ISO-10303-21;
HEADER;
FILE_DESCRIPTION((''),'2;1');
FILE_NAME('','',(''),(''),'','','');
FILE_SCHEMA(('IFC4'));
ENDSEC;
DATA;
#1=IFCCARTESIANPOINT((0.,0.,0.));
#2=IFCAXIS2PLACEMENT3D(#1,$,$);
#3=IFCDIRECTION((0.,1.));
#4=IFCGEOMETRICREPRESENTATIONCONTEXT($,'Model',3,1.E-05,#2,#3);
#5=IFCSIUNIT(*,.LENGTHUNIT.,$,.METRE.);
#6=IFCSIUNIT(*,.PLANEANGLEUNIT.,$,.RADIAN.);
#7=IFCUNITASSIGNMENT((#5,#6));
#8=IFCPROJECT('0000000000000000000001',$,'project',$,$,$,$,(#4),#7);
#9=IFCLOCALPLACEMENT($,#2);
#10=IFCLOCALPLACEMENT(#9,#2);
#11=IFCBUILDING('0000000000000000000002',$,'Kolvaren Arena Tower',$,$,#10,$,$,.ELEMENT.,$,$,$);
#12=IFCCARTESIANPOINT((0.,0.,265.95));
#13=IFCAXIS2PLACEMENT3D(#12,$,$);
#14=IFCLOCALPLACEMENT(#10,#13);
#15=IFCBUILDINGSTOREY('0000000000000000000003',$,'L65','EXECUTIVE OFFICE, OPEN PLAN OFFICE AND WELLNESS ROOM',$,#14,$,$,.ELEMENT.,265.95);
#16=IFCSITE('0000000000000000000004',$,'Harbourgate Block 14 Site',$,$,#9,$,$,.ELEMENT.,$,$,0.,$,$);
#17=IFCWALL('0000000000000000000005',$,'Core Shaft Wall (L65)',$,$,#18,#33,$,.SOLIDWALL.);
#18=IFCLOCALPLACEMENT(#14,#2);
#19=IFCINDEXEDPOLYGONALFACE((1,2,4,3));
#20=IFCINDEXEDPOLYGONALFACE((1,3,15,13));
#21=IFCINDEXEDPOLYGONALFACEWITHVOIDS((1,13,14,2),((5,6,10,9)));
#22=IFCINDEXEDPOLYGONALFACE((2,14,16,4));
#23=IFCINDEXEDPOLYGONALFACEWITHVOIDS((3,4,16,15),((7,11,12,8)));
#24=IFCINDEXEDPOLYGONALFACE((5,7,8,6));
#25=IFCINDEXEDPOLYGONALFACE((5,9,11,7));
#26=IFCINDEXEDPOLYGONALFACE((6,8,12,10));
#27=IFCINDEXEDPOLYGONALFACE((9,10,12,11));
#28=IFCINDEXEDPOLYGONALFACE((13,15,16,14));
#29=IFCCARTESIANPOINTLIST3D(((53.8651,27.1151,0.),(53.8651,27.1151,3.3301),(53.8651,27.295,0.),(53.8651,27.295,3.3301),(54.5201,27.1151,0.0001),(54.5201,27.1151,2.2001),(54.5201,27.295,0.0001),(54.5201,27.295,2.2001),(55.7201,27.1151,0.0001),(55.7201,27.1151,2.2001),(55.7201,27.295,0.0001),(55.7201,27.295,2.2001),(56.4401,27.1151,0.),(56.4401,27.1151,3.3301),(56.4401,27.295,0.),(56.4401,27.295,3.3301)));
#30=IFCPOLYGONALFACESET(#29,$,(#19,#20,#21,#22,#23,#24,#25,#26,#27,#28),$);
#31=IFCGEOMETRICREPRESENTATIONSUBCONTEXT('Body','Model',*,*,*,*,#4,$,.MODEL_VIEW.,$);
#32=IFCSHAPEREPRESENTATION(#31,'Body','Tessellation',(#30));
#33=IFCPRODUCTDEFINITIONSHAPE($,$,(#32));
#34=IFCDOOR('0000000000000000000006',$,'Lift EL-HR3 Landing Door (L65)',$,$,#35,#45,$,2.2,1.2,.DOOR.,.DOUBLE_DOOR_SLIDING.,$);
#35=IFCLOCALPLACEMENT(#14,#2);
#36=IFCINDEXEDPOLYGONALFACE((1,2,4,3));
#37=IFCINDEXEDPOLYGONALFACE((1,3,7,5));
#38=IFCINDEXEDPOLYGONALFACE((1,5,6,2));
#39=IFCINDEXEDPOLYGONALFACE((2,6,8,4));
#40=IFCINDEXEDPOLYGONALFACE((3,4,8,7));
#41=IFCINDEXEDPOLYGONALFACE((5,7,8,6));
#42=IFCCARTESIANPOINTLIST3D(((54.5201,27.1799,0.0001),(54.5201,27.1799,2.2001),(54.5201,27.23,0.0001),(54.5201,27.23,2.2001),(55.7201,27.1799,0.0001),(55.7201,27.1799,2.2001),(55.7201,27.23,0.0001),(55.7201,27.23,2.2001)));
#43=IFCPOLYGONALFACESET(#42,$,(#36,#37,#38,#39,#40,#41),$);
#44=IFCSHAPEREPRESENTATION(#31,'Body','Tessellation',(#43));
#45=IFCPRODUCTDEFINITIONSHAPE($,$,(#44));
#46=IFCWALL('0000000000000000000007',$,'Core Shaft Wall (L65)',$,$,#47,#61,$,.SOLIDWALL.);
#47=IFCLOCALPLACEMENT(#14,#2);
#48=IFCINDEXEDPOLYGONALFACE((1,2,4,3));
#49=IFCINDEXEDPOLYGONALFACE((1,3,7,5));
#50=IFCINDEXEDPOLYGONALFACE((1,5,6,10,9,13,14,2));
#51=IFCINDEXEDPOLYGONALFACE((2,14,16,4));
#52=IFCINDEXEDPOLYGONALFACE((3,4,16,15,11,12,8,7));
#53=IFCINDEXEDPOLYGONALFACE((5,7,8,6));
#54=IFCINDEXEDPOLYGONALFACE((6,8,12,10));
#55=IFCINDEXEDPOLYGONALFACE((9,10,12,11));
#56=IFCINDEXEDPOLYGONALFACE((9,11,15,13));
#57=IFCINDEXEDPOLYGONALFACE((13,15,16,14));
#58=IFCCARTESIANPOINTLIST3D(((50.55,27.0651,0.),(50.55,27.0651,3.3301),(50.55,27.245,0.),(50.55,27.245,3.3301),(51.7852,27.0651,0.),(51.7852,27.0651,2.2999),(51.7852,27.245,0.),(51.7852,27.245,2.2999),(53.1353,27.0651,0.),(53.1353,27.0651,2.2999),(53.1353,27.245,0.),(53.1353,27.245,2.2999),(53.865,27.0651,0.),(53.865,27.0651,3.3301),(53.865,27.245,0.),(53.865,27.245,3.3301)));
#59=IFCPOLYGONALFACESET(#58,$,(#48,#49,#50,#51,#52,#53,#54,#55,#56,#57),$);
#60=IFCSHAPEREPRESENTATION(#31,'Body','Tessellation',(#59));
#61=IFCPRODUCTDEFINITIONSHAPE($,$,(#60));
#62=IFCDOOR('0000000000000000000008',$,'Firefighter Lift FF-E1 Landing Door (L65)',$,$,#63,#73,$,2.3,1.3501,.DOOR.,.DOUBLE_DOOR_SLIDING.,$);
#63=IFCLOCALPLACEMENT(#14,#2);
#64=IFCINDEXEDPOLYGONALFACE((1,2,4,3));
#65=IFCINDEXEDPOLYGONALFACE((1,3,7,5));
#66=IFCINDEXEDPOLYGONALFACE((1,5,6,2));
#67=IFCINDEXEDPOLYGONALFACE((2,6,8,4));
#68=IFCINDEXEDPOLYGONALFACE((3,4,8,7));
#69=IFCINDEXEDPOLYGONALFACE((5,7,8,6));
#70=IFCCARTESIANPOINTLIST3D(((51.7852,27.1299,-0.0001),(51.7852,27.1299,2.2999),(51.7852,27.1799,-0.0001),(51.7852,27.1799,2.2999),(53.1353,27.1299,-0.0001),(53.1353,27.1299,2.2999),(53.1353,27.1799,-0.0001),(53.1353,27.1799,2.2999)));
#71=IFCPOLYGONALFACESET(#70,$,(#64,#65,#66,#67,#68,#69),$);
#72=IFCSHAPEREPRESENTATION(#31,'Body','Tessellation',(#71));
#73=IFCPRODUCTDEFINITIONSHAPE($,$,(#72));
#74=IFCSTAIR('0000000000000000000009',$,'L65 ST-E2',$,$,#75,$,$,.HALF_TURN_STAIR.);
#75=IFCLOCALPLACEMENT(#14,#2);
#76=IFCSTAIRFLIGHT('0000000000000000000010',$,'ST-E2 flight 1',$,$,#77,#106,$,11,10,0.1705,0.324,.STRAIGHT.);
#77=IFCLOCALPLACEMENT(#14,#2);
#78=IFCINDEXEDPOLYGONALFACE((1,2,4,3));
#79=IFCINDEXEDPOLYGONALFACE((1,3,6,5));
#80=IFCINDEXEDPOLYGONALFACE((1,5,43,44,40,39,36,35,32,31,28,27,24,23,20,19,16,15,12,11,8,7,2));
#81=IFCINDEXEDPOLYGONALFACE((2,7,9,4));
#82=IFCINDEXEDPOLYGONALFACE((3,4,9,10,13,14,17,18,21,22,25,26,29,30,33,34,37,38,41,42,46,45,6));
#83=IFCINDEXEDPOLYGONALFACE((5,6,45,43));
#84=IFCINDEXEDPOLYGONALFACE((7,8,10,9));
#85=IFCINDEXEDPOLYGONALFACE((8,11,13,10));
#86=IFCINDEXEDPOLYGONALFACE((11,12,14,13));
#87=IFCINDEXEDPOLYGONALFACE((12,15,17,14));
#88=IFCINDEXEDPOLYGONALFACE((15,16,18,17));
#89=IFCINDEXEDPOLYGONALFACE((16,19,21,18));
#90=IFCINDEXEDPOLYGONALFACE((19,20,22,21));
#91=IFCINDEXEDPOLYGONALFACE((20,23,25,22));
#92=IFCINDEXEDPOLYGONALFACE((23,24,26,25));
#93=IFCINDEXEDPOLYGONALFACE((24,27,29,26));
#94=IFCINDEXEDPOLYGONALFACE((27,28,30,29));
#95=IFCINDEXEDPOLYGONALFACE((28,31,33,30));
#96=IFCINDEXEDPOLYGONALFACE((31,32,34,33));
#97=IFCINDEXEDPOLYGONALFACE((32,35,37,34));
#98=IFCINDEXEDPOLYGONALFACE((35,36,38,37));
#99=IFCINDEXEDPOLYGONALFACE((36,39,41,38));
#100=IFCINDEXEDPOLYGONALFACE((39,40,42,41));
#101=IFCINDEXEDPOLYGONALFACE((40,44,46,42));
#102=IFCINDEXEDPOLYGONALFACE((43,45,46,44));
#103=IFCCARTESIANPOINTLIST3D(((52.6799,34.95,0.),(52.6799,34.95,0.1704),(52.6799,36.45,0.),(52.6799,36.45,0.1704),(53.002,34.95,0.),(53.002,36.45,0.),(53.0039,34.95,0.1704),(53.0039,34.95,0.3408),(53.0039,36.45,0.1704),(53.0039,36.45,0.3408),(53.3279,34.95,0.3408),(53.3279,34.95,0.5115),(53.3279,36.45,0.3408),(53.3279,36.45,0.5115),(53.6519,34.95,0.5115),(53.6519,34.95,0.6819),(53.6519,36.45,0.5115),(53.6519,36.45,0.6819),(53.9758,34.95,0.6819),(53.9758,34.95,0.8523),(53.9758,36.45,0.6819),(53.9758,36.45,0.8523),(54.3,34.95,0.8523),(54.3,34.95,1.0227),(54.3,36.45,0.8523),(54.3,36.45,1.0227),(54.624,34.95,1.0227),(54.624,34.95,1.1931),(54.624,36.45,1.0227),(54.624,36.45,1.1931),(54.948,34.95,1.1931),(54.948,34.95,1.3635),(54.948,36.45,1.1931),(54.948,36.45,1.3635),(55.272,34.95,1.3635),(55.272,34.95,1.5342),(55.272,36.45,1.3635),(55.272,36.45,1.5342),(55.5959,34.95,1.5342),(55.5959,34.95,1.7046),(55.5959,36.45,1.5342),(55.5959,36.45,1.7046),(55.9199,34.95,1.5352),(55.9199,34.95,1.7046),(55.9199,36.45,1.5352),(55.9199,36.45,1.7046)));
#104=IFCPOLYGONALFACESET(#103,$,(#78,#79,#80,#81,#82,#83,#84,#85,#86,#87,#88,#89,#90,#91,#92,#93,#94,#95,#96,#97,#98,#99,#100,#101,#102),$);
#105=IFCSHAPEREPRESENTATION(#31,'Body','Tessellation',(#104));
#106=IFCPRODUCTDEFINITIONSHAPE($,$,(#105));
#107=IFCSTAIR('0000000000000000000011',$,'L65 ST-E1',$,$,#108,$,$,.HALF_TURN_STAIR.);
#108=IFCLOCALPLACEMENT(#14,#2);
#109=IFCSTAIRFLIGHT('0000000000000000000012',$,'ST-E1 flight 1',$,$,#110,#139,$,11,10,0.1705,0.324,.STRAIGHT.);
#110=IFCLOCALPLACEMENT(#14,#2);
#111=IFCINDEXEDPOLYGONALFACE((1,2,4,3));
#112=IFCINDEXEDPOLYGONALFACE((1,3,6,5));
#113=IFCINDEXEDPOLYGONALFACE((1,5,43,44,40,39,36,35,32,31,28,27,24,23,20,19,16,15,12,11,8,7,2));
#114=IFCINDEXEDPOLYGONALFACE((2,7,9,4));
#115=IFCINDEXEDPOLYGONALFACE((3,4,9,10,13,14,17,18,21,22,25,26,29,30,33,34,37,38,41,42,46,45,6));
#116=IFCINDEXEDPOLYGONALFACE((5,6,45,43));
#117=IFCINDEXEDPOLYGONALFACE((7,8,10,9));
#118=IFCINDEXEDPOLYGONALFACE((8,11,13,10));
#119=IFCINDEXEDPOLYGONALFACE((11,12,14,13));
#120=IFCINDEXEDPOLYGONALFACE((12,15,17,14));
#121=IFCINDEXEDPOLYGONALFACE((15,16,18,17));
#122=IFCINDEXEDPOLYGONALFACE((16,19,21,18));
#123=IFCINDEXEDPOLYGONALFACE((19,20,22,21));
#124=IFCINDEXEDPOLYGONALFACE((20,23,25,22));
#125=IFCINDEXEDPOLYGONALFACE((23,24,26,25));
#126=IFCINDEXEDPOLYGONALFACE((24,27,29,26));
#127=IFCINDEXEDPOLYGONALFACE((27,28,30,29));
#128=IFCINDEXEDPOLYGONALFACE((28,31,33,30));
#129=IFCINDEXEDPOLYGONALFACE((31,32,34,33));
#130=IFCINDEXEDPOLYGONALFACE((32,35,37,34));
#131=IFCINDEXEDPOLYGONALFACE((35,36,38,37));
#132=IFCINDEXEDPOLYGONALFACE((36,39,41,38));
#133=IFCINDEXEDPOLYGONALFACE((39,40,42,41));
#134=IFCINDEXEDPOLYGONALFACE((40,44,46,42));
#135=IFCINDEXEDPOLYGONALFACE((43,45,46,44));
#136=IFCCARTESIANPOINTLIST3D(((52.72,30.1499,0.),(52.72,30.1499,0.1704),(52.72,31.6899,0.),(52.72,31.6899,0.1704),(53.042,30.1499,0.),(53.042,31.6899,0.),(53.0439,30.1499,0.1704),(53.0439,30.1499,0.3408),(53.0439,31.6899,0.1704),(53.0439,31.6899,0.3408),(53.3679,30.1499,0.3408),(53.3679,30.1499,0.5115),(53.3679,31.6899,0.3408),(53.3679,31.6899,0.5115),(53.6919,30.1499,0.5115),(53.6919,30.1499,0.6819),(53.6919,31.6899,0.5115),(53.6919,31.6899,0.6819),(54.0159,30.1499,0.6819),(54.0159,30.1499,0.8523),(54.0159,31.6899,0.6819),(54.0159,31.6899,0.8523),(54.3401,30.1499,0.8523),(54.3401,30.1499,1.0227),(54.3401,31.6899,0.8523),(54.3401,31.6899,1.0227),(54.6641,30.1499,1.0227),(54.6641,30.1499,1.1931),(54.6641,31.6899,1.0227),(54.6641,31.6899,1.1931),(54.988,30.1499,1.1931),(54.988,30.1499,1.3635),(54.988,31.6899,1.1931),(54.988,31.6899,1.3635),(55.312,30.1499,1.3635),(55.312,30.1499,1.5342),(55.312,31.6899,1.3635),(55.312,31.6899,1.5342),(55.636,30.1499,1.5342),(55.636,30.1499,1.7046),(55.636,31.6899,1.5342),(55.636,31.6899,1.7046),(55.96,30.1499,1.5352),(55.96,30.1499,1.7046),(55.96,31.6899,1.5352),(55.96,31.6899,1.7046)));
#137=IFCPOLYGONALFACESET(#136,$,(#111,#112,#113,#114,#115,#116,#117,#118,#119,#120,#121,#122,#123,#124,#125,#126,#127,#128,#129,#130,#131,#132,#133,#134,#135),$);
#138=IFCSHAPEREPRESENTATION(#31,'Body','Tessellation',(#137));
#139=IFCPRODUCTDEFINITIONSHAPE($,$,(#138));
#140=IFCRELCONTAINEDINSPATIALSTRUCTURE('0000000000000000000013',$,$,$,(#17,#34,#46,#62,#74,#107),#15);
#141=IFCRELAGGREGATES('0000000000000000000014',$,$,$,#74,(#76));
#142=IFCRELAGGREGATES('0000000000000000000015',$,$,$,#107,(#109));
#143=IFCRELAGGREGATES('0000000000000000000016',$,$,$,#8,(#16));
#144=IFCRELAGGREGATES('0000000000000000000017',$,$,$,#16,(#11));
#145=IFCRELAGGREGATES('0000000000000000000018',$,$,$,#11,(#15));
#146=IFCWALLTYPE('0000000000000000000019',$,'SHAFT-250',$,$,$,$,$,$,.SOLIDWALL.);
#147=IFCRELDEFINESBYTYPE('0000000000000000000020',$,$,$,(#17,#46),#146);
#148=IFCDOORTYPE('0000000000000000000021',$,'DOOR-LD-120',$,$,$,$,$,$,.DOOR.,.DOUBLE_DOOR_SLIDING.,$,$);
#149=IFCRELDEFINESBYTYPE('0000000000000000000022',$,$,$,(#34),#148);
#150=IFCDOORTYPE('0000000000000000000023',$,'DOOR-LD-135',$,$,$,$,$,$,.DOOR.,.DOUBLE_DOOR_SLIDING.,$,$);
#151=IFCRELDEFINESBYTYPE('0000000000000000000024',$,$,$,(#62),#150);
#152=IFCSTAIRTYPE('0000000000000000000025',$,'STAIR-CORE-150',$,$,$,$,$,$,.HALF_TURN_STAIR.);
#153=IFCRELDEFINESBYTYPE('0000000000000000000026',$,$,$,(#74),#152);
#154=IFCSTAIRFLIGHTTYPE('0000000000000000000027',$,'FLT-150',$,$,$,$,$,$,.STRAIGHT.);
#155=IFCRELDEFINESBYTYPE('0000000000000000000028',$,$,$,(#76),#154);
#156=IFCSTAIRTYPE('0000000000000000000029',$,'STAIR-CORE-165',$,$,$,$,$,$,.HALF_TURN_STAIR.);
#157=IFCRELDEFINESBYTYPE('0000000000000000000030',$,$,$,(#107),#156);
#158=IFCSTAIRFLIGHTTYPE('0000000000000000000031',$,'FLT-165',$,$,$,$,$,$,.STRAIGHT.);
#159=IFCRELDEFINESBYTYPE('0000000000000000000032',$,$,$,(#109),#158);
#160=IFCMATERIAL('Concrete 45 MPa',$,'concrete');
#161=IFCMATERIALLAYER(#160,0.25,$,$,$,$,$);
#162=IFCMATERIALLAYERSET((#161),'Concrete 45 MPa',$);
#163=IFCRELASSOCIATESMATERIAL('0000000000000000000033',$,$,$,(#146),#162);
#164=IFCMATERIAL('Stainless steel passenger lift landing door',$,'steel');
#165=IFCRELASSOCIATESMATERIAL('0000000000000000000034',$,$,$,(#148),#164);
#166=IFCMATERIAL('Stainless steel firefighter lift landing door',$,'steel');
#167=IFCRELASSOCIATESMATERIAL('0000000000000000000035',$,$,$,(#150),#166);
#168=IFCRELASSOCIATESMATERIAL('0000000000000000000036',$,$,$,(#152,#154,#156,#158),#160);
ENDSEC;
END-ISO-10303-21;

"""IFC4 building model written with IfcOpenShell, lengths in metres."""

from ifc_helpers import new_model, si_unit, direction, frame, frame_2d, origin, place, context, subcontext, project, spatial, polyline, rectangle, outline, extrude, material, layer, layer_set, type_object, element, fill, aggregate, save


model = new_model("IFC4")

# Units and contexts
model_context = context("Model", 3, precision=1e-05, world=origin(), true_north=direction((0.0, 1.0)))
body_context = subcontext(model_context, "Body", "Model", "MODEL_VIEW")
ifc_project = project(units=[si_unit("LENGTHUNIT", "METRE"), si_unit("PLANEANGLEUNIT", "RADIAN")], contexts=[model_context])

# Site, building, storey
site_placement = place(None, origin())
site = spatial("IfcSite", under=ifc_project, at=site_placement, Name="Harbourgate Block 14 Site", CompositionType="ELEMENT", RefElevation=0.0)
building_placement = place(site_placement, origin())
building = spatial("IfcBuilding", under=site, at=building_placement, Name="Kolvaren Arena Tower", CompositionType="ELEMENT")
storey_placement = place(building_placement, frame((0.0, 0.0, 265.95)))
storey = spatial("IfcBuildingStorey", under=building, at=storey_placement, Name="L65", Description="EXECUTIVE OFFICE, OPEN PLAN OFFICE AND WELLNESS ROOM", CompositionType="ELEMENT", Elevation=265.95)

# Shared definitions
ifc_material_1 = material(Name="Concrete 45 MPa", Category="concrete")
ifc_layer = layer(ifc_material_1, 0.25)
ifc_layer_set = layer_set([ifc_layer], Name="Concrete 45 MPa")
wall_type = type_object("IfcWallType", Name="SHAFT-250", PredefinedType="SOLIDWALL", material=ifc_layer_set)

# Walls, openings, doors
wall_1_placement = place(storey_placement, frame((53.865, 27.2051, 0.0), z_axis=(0.0, 0.0, 1.0), x_axis=(1.0, 0.0, 0.0)))
wall_1 = element("IfcWall", 1, at=wall_1_placement, inside=storey, type_object=wall_type, Name="Core Shaft Wall (L65)", PredefinedType="SOLIDWALL", context=body_context, shape_type="SweptSolid", body=[
    extrude(rectangle(XDim=2.575, YDim=0.1799, at=frame_2d((1.2876, 0.0))), origin(), (0.0, 0.0, 1.0), 3.3301),
])
opening_1_placement = place(wall_1_placement, frame((0.655, 0.0, 0.0)))
opening_1 = element("IfcOpeningElement", 2, at=opening_1_placement, cuts=wall_1, PredefinedType="OPENING", context=body_context, shape_type="SweptSolid", body=[
    extrude(rectangle(XDim=1.2, YDim=2.2, at=frame_2d((0.6001, 1.1001))), frame((0.0, 0.0999, 0.0), z_axis=(0.0, -1.0, 0.0), x_axis=(1.0, 0.0, 0.0)), (0.0, 0.0, 1.0), 0.2),
])
ifc_material_2 = material(Name="Stainless steel passenger lift landing door", Category="steel")
door_type_1 = type_object("IfcDoorType", Name="DOOR-LD-120", OperationType="DOUBLE_DOOR_SLIDING", PredefinedType="DOOR", material=ifc_material_2)
door_1_placement = place(opening_1_placement, origin())
door_1 = element("IfcDoor", 3, at=door_1_placement, inside=storey, type_object=door_type_1, Name="Lift EL-HR3 Landing Door (L65)", OperationType="DOUBLE_DOOR_SLIDING", OverallHeight=2.2, OverallWidth=1.2, PredefinedType="DOOR", context=body_context, shape_type="SweptSolid", body=[
    extrude(rectangle(XDim=1.2, YDim=2.2, at=frame_2d((0.6001, 1.1001))), frame((0.0, 0.0249, 0.0), z_axis=(0.0, -1.0, 0.0), x_axis=(1.0, 0.0, 0.0)), (0.0, 0.0, 1.0), 0.05),
])
fill(opening_1, door_1)
wall_2_placement = place(storey_placement, frame((50.55, 27.155, 0.0), z_axis=(0.0, 0.0, 1.0), x_axis=(1.0, 0.0, 0.0)))
wall_2 = element("IfcWall", 4, at=wall_2_placement, inside=storey, type_object=wall_type, Name="Core Shaft Wall (L65)", PredefinedType="SOLIDWALL", context=body_context, shape_type="SweptSolid", body=[
    extrude(rectangle(XDim=3.3149, YDim=0.1799, at=frame_2d((1.6575, 0.0))), origin(), (0.0, 0.0, 1.0), 3.3301),
])
opening_2_placement = place(wall_2_placement, frame((1.2351, 0.0, 0.0)))
opening_2 = element("IfcOpeningElement", 5, at=opening_2_placement, cuts=wall_2, PredefinedType="OPENING", context=body_context, shape_type="SweptSolid", body=[
    extrude(rectangle(XDim=1.3501, YDim=2.3, at=frame_2d((0.675, 1.1499))), frame((0.0, 0.0999, 0.0), z_axis=(0.0, -1.0, 0.0), x_axis=(1.0, 0.0, 0.0)), (0.0, 0.0, 1.0), 0.2),
])
ifc_material_3 = material(Name="Stainless steel firefighter lift landing door", Category="steel")
door_type_2 = type_object("IfcDoorType", Name="DOOR-LD-135", OperationType="DOUBLE_DOOR_SLIDING", PredefinedType="DOOR", material=ifc_material_3)
door_2_placement = place(opening_2_placement, origin())
door_2 = element("IfcDoor", 6, at=door_2_placement, inside=storey, type_object=door_type_2, Name="Firefighter Lift FF-E1 Landing Door (L65)", OperationType="DOUBLE_DOOR_SLIDING", OverallHeight=2.3, OverallWidth=1.3501, PredefinedType="DOOR", context=body_context, shape_type="SweptSolid", body=[
    extrude(rectangle(XDim=1.3501, YDim=2.3, at=frame_2d((0.675, 1.1499))), frame((0.0, 0.0249, 0.0), z_axis=(0.0, -1.0, 0.0), x_axis=(1.0, 0.0, 0.0)), (0.0, 0.0, 1.0), 0.05),
])
fill(opening_2, door_2)

# Stairs, stair flights
stair_type_1 = type_object("IfcStairType", Name="STAIR-CORE-150", PredefinedType="HALF_TURN_STAIR", material=ifc_material_1)
stair_1_placement = place(storey_placement, origin())
stair_1 = element("IfcStair", 7, at=stair_1_placement, inside=storey, type_object=stair_type_1, Name="L65 ST-E2", PredefinedType="HALF_TURN_STAIR")
stair_flight_type_1 = type_object("IfcStairFlightType", Name="FLT-150", PredefinedType="STRAIGHT", material=ifc_material_1)
stair_flight_1_placement = place(storey_placement, frame((52.6799, 35.7, 0.0), z_axis=(0.0, 0.0, 1.0), x_axis=(1.0, 0.0, 0.0)))
stair_flight_1 = element("IfcStairFlight", 8, at=stair_flight_1_placement, type_object=stair_flight_type_1, Name="ST-E2 flight 1", NumberOfRisers=11, NumberOfTreads=10, PredefinedType="STRAIGHT", RiserHeight=0.1705, TreadLength=0.324, context=body_context, shape_type="SweptSolid", body=[
    extrude(outline(polyline([(0.0, 0.0), (0.0, 0.1704), (0.324, 0.1704), (0.324, 0.3408), (0.6479, 0.3408), (0.6479, 0.5115), (0.9719, 0.5115), (0.9719, 0.6819), (1.2959, 0.6819), (1.2959, 0.8523), (1.6201, 0.8523), (1.6201, 1.0227), (1.9441, 1.0227), (1.9441, 1.1931), (2.2681, 1.1931), (2.2681, 1.3635), (2.592, 1.3635), (2.592, 1.5342), (2.916, 1.5342), (2.916, 1.7046), (3.24, 1.7046), (3.24, 1.875), (3.24, 1.5352), (0.322, 0.0), (0.0, 0.0)])), frame((0.0, 0.75, 0.0), z_axis=(0.0, -1.0, 0.0), x_axis=(1.0, 0.0, 0.0)), (0.0, 0.0, 1.0), 1.5),
])
aggregate(stair_1, [stair_flight_1])
stair_type_2 = type_object("IfcStairType", Name="STAIR-CORE-165", PredefinedType="HALF_TURN_STAIR", material=ifc_material_1)
stair_2_placement = place(storey_placement, origin())
stair_2 = element("IfcStair", 9, at=stair_2_placement, inside=storey, type_object=stair_type_2, Name="L65 ST-E1", PredefinedType="HALF_TURN_STAIR")
stair_flight_type_2 = type_object("IfcStairFlightType", Name="FLT-165", PredefinedType="STRAIGHT", material=ifc_material_1)
stair_flight_2_placement = place(storey_placement, frame((52.72, 30.9199, 0.0), z_axis=(0.0, 0.0, 1.0), x_axis=(1.0, 0.0, 0.0)))
stair_flight_2 = element("IfcStairFlight", 10, at=stair_flight_2_placement, type_object=stair_flight_type_2, Name="ST-E1 flight 1", NumberOfRisers=11, NumberOfTreads=10, PredefinedType="STRAIGHT", RiserHeight=0.1705, TreadLength=0.324, context=body_context, shape_type="SweptSolid", body=[
    extrude(outline(polyline([(0.0, 0.0), (0.0, 0.1704), (0.324, 0.1704), (0.324, 0.3408), (0.6479, 0.3408), (0.6479, 0.5115), (0.9719, 0.5115), (0.9719, 0.6819), (1.2959, 0.6819), (1.2959, 0.8523), (1.6201, 0.8523), (1.6201, 1.0227), (1.9441, 1.0227), (1.9441, 1.1931), (2.2681, 1.1931), (2.2681, 1.3635), (2.592, 1.3635), (2.592, 1.5342), (2.916, 1.5342), (2.916, 1.7046), (3.24, 1.7046), (3.24, 1.875), (3.24, 1.5352), (0.322, 0.0), (0.0, 0.0)])), frame((0.0, 0.77, 0.0), z_axis=(0.0, -1.0, 0.0), x_axis=(1.0, 0.0, 0.0)), (0.0, 0.0, 1.0), 1.54),
])
aggregate(stair_2, [stair_flight_2])

save(model, "model.ifc")
